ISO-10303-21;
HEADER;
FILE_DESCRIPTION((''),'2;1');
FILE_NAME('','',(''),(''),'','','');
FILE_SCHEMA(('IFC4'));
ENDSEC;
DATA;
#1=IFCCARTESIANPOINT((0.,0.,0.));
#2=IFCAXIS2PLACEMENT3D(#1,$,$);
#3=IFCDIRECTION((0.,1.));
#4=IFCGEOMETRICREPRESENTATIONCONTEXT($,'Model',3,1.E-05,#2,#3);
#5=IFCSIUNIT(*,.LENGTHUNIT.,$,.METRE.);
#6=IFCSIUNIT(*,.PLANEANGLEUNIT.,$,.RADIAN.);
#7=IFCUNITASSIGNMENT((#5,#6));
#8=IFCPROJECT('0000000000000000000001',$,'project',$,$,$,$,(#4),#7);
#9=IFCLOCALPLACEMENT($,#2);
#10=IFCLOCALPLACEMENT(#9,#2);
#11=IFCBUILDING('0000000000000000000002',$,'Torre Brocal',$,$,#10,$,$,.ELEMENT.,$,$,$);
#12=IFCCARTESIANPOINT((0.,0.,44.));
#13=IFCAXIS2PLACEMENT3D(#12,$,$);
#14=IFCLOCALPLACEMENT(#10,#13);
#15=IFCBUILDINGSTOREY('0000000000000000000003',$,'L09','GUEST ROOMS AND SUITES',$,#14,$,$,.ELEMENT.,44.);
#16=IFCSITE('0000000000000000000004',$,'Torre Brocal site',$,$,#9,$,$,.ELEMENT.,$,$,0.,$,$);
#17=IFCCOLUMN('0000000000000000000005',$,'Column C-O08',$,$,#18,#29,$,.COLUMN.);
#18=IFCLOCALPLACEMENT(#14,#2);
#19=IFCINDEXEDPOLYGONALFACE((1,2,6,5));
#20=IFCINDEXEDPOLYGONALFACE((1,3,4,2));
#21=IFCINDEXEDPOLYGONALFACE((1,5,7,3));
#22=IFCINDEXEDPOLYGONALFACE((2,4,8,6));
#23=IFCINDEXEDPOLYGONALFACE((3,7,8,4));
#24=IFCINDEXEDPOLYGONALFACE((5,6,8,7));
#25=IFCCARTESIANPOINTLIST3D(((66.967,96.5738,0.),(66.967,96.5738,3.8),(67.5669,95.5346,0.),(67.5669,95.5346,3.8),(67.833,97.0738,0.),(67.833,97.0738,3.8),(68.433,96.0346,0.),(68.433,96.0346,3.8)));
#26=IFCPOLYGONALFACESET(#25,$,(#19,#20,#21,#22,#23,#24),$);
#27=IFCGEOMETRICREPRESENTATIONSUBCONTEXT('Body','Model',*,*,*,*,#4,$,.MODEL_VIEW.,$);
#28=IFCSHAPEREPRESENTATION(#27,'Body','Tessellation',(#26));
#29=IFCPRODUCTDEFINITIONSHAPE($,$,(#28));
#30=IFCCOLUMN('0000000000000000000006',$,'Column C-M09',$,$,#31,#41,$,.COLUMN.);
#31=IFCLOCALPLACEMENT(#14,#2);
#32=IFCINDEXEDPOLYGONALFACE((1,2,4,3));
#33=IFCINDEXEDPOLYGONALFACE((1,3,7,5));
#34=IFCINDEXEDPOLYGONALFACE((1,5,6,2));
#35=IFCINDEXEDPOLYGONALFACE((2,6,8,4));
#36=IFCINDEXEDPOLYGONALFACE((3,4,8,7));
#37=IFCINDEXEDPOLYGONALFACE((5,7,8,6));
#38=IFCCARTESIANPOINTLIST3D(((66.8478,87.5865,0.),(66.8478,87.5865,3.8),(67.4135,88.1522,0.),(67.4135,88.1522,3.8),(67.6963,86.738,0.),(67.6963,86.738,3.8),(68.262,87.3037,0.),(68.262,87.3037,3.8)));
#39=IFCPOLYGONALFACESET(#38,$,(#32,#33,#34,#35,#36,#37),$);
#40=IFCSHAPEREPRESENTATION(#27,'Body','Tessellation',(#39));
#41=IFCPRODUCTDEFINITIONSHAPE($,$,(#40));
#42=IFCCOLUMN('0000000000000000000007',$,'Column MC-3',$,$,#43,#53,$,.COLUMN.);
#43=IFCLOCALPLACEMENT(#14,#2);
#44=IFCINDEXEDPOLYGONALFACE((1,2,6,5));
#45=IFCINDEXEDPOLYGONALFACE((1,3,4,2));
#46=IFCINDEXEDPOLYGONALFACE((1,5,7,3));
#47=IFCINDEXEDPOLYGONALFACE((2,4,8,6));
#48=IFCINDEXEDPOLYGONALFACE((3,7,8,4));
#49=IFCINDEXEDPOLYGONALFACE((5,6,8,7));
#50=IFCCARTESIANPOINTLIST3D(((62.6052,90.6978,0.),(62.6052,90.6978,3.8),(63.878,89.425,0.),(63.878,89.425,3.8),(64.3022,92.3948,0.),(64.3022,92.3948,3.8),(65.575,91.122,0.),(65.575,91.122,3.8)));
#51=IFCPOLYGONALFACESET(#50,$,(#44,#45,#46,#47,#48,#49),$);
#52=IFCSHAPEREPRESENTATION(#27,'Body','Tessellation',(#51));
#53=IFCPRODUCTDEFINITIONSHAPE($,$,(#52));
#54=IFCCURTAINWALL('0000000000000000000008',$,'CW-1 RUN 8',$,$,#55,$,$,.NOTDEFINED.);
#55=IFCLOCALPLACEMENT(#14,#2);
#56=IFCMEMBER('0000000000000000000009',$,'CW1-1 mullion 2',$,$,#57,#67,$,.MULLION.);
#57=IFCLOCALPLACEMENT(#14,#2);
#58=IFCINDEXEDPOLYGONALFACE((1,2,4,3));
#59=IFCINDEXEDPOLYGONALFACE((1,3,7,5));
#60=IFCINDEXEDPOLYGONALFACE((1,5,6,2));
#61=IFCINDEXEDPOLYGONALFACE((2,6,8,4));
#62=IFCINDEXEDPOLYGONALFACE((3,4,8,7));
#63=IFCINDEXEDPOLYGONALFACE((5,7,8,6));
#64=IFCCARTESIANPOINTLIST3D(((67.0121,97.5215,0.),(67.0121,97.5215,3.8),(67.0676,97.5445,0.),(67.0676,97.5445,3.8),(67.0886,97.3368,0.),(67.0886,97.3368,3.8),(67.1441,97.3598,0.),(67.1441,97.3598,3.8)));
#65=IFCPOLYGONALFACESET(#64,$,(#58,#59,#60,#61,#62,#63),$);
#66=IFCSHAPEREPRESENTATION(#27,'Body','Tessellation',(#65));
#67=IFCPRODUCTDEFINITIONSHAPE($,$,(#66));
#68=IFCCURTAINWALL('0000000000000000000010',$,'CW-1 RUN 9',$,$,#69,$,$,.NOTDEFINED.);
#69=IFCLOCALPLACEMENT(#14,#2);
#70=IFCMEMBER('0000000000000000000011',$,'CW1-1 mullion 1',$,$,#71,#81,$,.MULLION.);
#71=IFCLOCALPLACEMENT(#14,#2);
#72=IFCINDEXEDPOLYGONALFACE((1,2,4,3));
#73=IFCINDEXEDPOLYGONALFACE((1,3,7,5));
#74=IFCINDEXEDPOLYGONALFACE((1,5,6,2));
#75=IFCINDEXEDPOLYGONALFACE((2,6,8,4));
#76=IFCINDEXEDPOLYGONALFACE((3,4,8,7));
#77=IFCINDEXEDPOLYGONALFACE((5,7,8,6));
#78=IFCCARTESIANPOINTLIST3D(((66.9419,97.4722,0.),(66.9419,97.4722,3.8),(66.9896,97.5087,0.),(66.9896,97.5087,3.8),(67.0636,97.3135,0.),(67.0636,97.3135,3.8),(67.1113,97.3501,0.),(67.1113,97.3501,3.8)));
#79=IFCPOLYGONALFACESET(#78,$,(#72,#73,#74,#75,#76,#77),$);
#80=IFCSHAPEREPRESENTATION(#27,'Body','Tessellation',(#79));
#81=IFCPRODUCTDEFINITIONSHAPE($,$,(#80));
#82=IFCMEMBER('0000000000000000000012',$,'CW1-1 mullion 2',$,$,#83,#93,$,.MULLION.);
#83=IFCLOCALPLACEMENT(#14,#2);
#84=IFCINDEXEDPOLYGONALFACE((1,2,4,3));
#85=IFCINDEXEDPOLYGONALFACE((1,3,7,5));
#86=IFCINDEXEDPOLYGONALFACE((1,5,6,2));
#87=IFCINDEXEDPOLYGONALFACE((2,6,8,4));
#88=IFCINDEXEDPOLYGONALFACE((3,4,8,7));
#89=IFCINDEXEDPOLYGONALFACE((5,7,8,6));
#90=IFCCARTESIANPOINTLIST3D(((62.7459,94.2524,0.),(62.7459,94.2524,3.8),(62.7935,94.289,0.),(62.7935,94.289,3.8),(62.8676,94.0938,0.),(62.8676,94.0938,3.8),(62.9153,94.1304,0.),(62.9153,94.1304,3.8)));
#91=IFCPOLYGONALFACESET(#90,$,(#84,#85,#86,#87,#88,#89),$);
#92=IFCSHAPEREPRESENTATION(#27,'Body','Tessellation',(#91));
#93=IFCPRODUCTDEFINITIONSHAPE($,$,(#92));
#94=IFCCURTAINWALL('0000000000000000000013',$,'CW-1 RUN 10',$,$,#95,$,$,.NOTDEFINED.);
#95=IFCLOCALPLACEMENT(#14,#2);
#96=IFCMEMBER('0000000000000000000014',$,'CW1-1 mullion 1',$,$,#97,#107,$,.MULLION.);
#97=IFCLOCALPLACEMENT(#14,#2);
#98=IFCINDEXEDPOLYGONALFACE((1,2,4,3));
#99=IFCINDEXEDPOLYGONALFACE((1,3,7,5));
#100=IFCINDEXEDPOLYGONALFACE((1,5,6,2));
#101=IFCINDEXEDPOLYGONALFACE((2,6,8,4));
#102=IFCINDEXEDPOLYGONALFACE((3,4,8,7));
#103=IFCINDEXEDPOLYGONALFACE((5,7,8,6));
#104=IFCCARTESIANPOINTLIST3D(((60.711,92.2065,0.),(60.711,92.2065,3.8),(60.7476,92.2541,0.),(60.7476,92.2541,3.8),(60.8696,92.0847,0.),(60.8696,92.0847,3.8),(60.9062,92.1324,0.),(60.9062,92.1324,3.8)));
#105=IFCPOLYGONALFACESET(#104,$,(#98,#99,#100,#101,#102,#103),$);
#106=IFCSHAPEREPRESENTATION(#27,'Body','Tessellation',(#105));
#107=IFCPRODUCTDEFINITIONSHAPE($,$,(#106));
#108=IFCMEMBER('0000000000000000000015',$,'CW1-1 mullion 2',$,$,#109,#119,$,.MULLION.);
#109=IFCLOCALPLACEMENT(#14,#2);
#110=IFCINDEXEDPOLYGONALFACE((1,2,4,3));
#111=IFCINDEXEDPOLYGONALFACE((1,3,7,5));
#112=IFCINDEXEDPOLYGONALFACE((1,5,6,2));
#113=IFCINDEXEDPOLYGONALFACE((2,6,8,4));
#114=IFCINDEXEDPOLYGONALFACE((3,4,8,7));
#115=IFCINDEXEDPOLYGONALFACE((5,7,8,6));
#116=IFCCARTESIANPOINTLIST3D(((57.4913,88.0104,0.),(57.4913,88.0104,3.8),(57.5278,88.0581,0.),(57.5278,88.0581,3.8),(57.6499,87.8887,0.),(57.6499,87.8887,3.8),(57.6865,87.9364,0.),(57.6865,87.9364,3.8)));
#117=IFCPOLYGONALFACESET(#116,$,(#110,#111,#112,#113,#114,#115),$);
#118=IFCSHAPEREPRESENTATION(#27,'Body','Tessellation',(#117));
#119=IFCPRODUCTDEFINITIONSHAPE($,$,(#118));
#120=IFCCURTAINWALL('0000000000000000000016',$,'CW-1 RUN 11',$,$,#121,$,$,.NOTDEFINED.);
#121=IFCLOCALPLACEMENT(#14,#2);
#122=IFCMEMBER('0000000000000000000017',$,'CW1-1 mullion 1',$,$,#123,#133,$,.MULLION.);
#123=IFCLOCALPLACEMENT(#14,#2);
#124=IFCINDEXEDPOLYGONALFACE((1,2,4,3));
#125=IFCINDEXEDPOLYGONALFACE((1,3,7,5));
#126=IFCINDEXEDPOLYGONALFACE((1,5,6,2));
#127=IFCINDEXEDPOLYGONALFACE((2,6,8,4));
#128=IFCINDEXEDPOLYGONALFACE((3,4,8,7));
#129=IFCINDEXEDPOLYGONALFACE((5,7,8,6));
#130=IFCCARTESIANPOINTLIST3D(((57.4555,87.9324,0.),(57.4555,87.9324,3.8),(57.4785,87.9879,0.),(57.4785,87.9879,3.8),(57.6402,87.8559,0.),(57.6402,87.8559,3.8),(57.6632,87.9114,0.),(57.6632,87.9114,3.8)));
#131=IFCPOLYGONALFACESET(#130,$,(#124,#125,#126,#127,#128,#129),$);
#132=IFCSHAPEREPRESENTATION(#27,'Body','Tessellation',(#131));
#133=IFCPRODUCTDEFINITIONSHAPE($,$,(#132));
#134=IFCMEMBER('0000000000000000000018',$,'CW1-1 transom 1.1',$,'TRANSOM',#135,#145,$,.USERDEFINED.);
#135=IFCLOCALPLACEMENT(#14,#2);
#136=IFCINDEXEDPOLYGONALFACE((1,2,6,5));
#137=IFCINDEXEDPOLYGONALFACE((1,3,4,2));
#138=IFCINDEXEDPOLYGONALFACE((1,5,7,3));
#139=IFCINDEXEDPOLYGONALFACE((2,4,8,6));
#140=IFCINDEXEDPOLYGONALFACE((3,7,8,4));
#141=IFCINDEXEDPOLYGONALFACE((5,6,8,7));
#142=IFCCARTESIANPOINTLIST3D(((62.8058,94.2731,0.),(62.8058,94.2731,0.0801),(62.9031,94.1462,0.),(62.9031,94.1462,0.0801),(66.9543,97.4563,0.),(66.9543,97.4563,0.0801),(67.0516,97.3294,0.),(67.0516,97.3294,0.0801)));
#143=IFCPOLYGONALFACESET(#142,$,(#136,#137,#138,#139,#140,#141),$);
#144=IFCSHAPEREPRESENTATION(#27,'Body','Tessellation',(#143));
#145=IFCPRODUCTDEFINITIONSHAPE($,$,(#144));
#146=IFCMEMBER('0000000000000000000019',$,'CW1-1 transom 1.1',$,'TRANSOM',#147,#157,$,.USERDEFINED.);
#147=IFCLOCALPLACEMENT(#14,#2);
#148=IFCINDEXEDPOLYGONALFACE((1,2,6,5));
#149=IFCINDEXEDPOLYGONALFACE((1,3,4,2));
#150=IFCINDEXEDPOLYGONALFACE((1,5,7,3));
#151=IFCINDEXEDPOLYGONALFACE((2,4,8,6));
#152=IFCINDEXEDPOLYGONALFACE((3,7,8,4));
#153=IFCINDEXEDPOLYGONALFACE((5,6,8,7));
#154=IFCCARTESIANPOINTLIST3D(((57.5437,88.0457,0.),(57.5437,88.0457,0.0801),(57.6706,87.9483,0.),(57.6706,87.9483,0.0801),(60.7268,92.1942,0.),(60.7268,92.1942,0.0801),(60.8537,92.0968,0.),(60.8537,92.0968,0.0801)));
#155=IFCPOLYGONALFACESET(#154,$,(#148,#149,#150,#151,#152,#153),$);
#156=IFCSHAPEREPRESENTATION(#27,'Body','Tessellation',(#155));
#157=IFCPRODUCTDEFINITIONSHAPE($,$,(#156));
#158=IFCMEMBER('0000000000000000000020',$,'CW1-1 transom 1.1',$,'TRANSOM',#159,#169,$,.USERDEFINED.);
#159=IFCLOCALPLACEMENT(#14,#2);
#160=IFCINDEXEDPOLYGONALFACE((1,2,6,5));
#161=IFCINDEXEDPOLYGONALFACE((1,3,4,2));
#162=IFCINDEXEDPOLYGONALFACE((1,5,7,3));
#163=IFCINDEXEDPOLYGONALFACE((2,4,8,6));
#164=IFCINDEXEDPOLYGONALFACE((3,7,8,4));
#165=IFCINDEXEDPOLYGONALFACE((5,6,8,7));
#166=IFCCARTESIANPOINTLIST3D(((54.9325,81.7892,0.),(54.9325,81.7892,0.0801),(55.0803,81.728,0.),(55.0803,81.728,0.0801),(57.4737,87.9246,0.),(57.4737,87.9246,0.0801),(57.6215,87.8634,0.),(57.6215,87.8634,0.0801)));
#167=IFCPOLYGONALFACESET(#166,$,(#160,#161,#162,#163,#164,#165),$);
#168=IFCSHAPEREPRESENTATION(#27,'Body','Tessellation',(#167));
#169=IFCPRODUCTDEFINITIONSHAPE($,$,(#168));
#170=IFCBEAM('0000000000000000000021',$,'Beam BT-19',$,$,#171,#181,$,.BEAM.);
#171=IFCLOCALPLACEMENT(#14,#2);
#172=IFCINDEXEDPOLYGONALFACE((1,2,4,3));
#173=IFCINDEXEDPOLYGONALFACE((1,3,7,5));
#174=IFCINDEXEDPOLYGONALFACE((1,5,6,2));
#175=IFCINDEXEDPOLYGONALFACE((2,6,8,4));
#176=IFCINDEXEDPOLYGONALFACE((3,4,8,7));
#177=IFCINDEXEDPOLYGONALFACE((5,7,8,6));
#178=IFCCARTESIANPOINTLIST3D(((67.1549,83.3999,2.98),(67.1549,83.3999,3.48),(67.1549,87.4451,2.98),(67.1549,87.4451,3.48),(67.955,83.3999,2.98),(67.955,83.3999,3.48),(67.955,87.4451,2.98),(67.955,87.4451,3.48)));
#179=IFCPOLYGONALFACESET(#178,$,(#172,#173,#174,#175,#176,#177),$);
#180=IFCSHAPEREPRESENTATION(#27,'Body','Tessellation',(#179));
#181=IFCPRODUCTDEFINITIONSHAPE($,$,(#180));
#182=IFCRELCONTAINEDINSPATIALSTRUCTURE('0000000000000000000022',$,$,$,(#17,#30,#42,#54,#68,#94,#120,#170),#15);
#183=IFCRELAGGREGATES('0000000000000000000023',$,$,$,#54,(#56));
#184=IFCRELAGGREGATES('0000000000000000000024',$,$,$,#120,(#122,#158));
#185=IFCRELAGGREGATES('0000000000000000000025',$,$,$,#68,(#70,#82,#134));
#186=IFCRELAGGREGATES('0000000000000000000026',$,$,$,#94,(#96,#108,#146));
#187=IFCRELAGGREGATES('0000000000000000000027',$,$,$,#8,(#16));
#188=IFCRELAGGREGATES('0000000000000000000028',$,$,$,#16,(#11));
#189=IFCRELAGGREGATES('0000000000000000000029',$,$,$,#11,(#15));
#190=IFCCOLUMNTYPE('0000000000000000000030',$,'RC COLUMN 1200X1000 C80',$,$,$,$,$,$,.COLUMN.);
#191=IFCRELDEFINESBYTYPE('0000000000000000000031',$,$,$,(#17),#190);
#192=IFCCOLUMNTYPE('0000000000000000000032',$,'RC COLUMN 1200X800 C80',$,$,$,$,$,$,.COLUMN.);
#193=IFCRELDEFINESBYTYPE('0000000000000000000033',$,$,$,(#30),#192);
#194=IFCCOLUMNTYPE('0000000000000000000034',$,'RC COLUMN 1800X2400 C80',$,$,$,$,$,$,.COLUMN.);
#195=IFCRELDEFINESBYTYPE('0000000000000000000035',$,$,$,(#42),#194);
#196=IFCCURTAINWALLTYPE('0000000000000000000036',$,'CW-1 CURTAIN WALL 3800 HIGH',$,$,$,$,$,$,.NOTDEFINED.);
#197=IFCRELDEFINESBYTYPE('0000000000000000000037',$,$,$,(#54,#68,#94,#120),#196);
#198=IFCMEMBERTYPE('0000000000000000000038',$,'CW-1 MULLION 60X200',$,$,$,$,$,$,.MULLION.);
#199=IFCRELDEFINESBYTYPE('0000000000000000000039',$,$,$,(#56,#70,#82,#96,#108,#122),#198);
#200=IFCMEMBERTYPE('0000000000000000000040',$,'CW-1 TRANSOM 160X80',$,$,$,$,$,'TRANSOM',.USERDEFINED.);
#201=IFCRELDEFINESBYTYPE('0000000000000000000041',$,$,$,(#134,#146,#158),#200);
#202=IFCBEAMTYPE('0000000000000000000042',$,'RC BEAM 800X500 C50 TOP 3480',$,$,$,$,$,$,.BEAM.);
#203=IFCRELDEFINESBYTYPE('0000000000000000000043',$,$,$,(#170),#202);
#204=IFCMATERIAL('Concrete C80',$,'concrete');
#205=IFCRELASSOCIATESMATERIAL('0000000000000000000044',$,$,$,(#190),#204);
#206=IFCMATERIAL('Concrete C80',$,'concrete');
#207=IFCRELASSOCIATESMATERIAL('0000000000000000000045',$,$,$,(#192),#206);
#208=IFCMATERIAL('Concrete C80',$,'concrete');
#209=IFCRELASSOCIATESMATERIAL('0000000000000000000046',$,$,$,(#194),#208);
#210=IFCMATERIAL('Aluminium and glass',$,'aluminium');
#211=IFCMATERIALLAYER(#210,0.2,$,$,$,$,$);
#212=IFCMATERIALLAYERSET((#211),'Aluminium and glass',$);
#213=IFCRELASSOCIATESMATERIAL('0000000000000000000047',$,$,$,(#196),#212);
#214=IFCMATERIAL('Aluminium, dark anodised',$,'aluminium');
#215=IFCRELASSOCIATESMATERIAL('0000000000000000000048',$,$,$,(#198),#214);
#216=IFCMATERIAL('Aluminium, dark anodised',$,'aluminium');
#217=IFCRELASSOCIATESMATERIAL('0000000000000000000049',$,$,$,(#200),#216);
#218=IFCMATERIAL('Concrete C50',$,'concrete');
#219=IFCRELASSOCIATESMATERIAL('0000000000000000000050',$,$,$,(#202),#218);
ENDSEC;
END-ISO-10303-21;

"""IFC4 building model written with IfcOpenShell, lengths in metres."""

from ifc_helpers import new_model, si_unit, direction, frame, origin, origin_2d, place, context, subcontext, project, spatial, rectangle, extrude, material, layer, layer_set, material_profile, profile_set, type_object, element, aggregate, save


model = new_model("IFC4")

# Units and contexts
model_context = context("Model", 3, precision=1e-05, world=origin(), true_north=direction((0.0, 1.0)))
body_context = subcontext(model_context, "Body", "Model", "MODEL_VIEW")
ifc_project = project(units=[si_unit("LENGTHUNIT", "METRE"), si_unit("PLANEANGLEUNIT", "RADIAN")], contexts=[model_context])

# Site, building, storey
site_placement = place(None, origin())
site = spatial("IfcSite", under=ifc_project, at=site_placement, Name="Torre Brocal site", CompositionType="ELEMENT", RefElevation=0.0)
building_placement = place(site_placement, origin())
building = spatial("IfcBuilding", under=site, at=building_placement, Name="Torre Brocal", CompositionType="ELEMENT")
storey_placement = place(building_placement, frame((0.0, 0.0, 44.0)))
storey = spatial("IfcBuildingStorey", under=building, at=storey_placement, Name="L09", Description="GUEST ROOMS AND SUITES", CompositionType="ELEMENT", Elevation=44.0)

# Columns
ifc_material_1 = material(Name="Concrete C80", Category="concrete")
ifc_material_profile_1 = material_profile(ifc_material_1, rectangle(XDim=1.2, YDim=1.0, at=origin_2d()), Name="RC 1200X1000")
ifc_profile_set_1 = profile_set([ifc_material_profile_1], Name="Concrete C80")
column_type_1 = type_object("IfcColumnType", Name="RC COLUMN 1200X1000 C80", PredefinedType="COLUMN", material=ifc_profile_set_1)
column_1_placement = place(storey_placement, frame((67.7, 96.3042, 0.0), z_axis=(0.0, 0.0, 1.0), x_axis=(-0.5, 0.866025, 0.0)))
element("IfcColumn", 1, at=column_1_placement, inside=storey, type_object=column_type_1, Name="Column C-O08", PredefinedType="COLUMN", context=body_context, shape_type="SweptSolid", body=[
    extrude(rectangle(XDim=1.2, YDim=1.0, at=origin_2d()), origin(), (0.0, 0.0, 1.0), 3.8),
])
ifc_material_2 = material(Name="Concrete C80", Category="concrete")
ifc_material_profile_2 = material_profile(ifc_material_2, rectangle(XDim=1.2, YDim=0.8, at=origin_2d()), Name="RC 1200X800")
ifc_profile_set_2 = profile_set([ifc_material_profile_2], Name="Concrete C80")
column_type_2 = type_object("IfcColumnType", Name="RC COLUMN 1200X800 C80", PredefinedType="COLUMN", material=ifc_profile_set_2)
column_2_placement = place(storey_placement, frame((67.5549, 87.4451, 0.0), z_axis=(0.0, 0.0, 1.0), x_axis=(-0.707107, 0.707107, 0.0)))
element("IfcColumn", 2, at=column_2_placement, inside=storey, type_object=column_type_2, Name="Column C-M09", PredefinedType="COLUMN", context=body_context, shape_type="SweptSolid", body=[
    extrude(rectangle(XDim=1.2, YDim=0.8, at=origin_2d()), origin(), (0.0, 0.0, 1.0), 3.8),
])
ifc_material_3 = material(Name="Concrete C80", Category="concrete")
ifc_material_profile_3 = material_profile(ifc_material_3, rectangle(XDim=1.8, YDim=2.3999, at=origin_2d()), Name="RC 1800X2400")
ifc_profile_set_3 = profile_set([ifc_material_profile_3], Name="Concrete C80")
column_type_3 = type_object("IfcColumnType", Name="RC COLUMN 1800X2400 C80", PredefinedType="COLUMN", material=ifc_profile_set_3)
column_3_placement = place(storey_placement, frame((64.0901, 90.9099, 0.0), z_axis=(0.0, 0.0, 1.0), x_axis=(-0.707107, 0.707107, 0.0)))
element("IfcColumn", 3, at=column_3_placement, inside=storey, type_object=column_type_3, Name="Column MC-3", PredefinedType="COLUMN", context=body_context, shape_type="SweptSolid", body=[
    extrude(rectangle(XDim=1.8, YDim=2.3999, at=origin_2d()), origin(), (0.0, 0.0, 1.0), 3.8),
])

# Curtain wall, member
ifc_material_4 = material(Name="Aluminium and glass", Category="aluminium")
ifc_layer_1 = layer(ifc_material_4, 0.2)
ifc_layer_set_1 = layer_set([ifc_layer_1], Name="Aluminium and glass")
curtain_wall_type = type_object("IfcCurtainWallType", Name="CW-1 CURTAIN WALL 3800 HIGH", PredefinedType="NOTDEFINED", material=ifc_layer_set_1)
curtain_wall_1_placement = place(storey_placement, origin())
curtain_wall_1 = element("IfcCurtainWall", 4, at=curtain_wall_1_placement, inside=storey, type_object=curtain_wall_type, Name="CW-1 RUN 8", PredefinedType="NOTDEFINED")
ifc_material_5 = material(Name="Aluminium, dark anodised", Category="aluminium")
ifc_material_profile_4 = material_profile(ifc_material_5, rectangle(XDim=0.2, YDim=0.0601, at=origin_2d()), Name="CW-1 MULLION 60X200")
ifc_profile_set_4 = profile_set([ifc_material_profile_4], Name="Aluminium, dark anodised")
member_type_1 = type_object("IfcMemberType", Name="CW-1 MULLION 60X200", PredefinedType="MULLION", material=ifc_profile_set_4)
member_1_placement = place(storey_placement, frame((67.0781, 97.4407, 0.0), z_axis=(0.0, 0.0, 1.0), x_axis=(0.382683, -0.92388, 0.0)))
member_1 = element("IfcMember", 5, at=member_1_placement, type_object=member_type_1, Name="CW1-1 mullion 2", PredefinedType="MULLION", context=body_context, shape_type="SweptSolid", body=[
    extrude(rectangle(XDim=0.2, YDim=0.0601, at=origin_2d()), origin(), (0.0, 0.0, 1.0), 3.8),
])
aggregate(curtain_wall_1, [member_1])

# Curtain walls, members
curtain_wall_2_placement = place(storey_placement, origin())
curtain_wall_2 = element("IfcCurtainWall", 6, at=curtain_wall_2_placement, inside=storey, type_object=curtain_wall_type, Name="CW-1 RUN 9", PredefinedType="NOTDEFINED")
member_2_placement = place(storey_placement, frame((67.0266, 97.4111, 0.0), z_axis=(0.0, 0.0, 1.0), x_axis=(0.608761, -0.793353, 0.0)))
member_2 = element("IfcMember", 7, at=member_2_placement, type_object=member_type_1, Name="CW1-1 mullion 1", PredefinedType="MULLION", context=body_context, shape_type="SweptSolid", body=[
    extrude(rectangle(XDim=0.2, YDim=0.0601, at=origin_2d()), origin(), (0.0, 0.0, 1.0), 3.8),
])
member_3_placement = place(storey_placement, frame((62.8306, 94.1914, 0.0), z_axis=(0.0, 0.0, 1.0), x_axis=(0.608761, -0.793353, 0.0)))
member_3 = element("IfcMember", 8, at=member_3_placement, type_object=member_type_1, Name="CW1-1 mullion 2", PredefinedType="MULLION", context=body_context, shape_type="SweptSolid", body=[
    extrude(rectangle(XDim=0.2, YDim=0.0601, at=origin_2d()), origin(), (0.0, 0.0, 1.0), 3.8),
])
curtain_wall_3_placement = place(storey_placement, origin())
curtain_wall_3 = element("IfcCurtainWall", 9, at=curtain_wall_3_placement, inside=storey, type_object=curtain_wall_type, Name="CW-1 RUN 10", PredefinedType="NOTDEFINED")
member_4_placement = place(storey_placement, frame((60.8086, 92.1694, 0.0), z_axis=(0.0, 0.0, 1.0), x_axis=(0.793353, -0.608761, 0.0)))
member_4 = element("IfcMember", 10, at=member_4_placement, type_object=member_type_1, Name="CW1-1 mullion 1", PredefinedType="MULLION", context=body_context, shape_type="SweptSolid", body=[
    extrude(rectangle(XDim=0.2, YDim=0.0601, at=origin_2d()), origin(), (0.0, 0.0, 1.0), 3.8),
])
member_5_placement = place(storey_placement, frame((57.5889, 87.9734, 0.0), z_axis=(0.0, 0.0, 1.0), x_axis=(0.793353, -0.608761, 0.0)))
member_5 = element("IfcMember", 11, at=member_5_placement, type_object=member_type_1, Name="CW1-1 mullion 2", PredefinedType="MULLION", context=body_context, shape_type="SweptSolid", body=[
    extrude(rectangle(XDim=0.2, YDim=0.0601, at=origin_2d()), origin(), (0.0, 0.0, 1.0), 3.8),
])

# Curtain wall, member
curtain_wall_4_placement = place(storey_placement, origin())
curtain_wall_4 = element("IfcCurtainWall", 12, at=curtain_wall_4_placement, inside=storey, type_object=curtain_wall_type, Name="CW-1 RUN 11", PredefinedType="NOTDEFINED")
member_6_placement = place(storey_placement, frame((57.5593, 87.9219, 0.0), z_axis=(0.0, 0.0, 1.0), x_axis=(0.92388, -0.382683, 0.0)))
member_6 = element("IfcMember", 13, at=member_6_placement, type_object=member_type_1, Name="CW1-1 mullion 1", PredefinedType="MULLION", context=body_context, shape_type="SweptSolid", body=[
    extrude(rectangle(XDim=0.2, YDim=0.0601, at=origin_2d()), origin(), (0.0, 0.0, 1.0), 3.8),
])

# Members
ifc_material_6 = material(Name="Aluminium, dark anodised", Category="aluminium")
ifc_material_profile_5 = material_profile(ifc_material_6, rectangle(XDim=0.1599, YDim=0.0801, at=origin_2d()), Name="CW-1 TRANSOM 160X80")
ifc_profile_set_5 = profile_set([ifc_material_profile_5], Name="Aluminium, dark anodised")
member_type_2 = type_object("IfcMemberType", Name="CW-1 TRANSOM 160X80", ElementType="TRANSOM", PredefinedType="USERDEFINED", material=ifc_profile_set_5)
member_7_placement = place(storey_placement, frame((67.0029, 97.3928, 0.04), z_axis=(-0.793363, -0.608749, 0.0), x_axis=(0.608749, -0.793363, 0.0)))
member_7 = element("IfcMember", 14, at=member_7_placement, type_object=member_type_2, Name="CW1-1 transom 1.1", ObjectType="TRANSOM", PredefinedType="USERDEFINED", context=body_context, shape_type="SweptSolid", body=[
    extrude(rectangle(XDim=0.1599, YDim=0.0801, at=origin_2d()), origin(), (0.0, 0.0, 1.0), 5.229),
])
member_8_placement = place(storey_placement, frame((60.7903, 92.1455, 0.04), z_axis=(-0.608749, -0.793363, 0.0), x_axis=(0.793363, -0.608749, 0.0)))
member_8 = element("IfcMember", 15, at=member_8_placement, type_object=member_type_2, Name="CW1-1 transom 1.1", ObjectType="TRANSOM", PredefinedType="USERDEFINED", context=body_context, shape_type="SweptSolid", body=[
    extrude(rectangle(XDim=0.1599, YDim=0.0801, at=origin_2d()), origin(), (0.0, 0.0, 1.0), 5.229),
])
member_9_placement = place(storey_placement, frame((57.5476, 87.894, 0.04), z_axis=(-0.382665, -0.923887, 0.0), x_axis=(0.923887, -0.382665, 0.0)))
member_9 = element("IfcMember", 16, at=member_9_placement, type_object=member_type_2, Name="CW1-1 transom 1.1", ObjectType="TRANSOM", PredefinedType="USERDEFINED", context=body_context, shape_type="SweptSolid", body=[
    extrude(rectangle(XDim=0.1599, YDim=0.0801, at=origin_2d()), origin(), (0.0, 0.0, 1.0), 6.6409),
])
aggregate(curtain_wall_4, [member_6, member_9])

# Beam
ifc_material_7 = material(Name="Concrete C50", Category="concrete")
ifc_material_profile_6 = material_profile(ifc_material_7, rectangle(XDim=0.8, YDim=0.5, at=origin_2d()), Name="RC 800X500")
ifc_profile_set_6 = profile_set([ifc_material_profile_6], Name="Concrete C50")
beam_type_1 = type_object("IfcBeamType", Name="RC BEAM 800X500 C50 TOP 3480", PredefinedType="BEAM", material=ifc_profile_set_6)
beam_placement = place(storey_placement, frame((67.5549, 87.4451, 3.23), z_axis=(0.0, -1.0, 0.0), x_axis=(1.0, 0.0, 0.0)))
element("IfcBeam", 17, at=beam_placement, inside=storey, type_object=beam_type_1, Name="Beam BT-19", PredefinedType="BEAM", context=body_context, shape_type="SweptSolid", body=[
    extrude(rectangle(XDim=0.8, YDim=0.5, at=origin_2d()), origin(), (0.0, 0.0, 1.0), 4.0452),
])

aggregate(curtain_wall_2, [member_2, member_3, member_7])
aggregate(curtain_wall_3, [member_4, member_5, member_8])

save(model, "model.ifc")
